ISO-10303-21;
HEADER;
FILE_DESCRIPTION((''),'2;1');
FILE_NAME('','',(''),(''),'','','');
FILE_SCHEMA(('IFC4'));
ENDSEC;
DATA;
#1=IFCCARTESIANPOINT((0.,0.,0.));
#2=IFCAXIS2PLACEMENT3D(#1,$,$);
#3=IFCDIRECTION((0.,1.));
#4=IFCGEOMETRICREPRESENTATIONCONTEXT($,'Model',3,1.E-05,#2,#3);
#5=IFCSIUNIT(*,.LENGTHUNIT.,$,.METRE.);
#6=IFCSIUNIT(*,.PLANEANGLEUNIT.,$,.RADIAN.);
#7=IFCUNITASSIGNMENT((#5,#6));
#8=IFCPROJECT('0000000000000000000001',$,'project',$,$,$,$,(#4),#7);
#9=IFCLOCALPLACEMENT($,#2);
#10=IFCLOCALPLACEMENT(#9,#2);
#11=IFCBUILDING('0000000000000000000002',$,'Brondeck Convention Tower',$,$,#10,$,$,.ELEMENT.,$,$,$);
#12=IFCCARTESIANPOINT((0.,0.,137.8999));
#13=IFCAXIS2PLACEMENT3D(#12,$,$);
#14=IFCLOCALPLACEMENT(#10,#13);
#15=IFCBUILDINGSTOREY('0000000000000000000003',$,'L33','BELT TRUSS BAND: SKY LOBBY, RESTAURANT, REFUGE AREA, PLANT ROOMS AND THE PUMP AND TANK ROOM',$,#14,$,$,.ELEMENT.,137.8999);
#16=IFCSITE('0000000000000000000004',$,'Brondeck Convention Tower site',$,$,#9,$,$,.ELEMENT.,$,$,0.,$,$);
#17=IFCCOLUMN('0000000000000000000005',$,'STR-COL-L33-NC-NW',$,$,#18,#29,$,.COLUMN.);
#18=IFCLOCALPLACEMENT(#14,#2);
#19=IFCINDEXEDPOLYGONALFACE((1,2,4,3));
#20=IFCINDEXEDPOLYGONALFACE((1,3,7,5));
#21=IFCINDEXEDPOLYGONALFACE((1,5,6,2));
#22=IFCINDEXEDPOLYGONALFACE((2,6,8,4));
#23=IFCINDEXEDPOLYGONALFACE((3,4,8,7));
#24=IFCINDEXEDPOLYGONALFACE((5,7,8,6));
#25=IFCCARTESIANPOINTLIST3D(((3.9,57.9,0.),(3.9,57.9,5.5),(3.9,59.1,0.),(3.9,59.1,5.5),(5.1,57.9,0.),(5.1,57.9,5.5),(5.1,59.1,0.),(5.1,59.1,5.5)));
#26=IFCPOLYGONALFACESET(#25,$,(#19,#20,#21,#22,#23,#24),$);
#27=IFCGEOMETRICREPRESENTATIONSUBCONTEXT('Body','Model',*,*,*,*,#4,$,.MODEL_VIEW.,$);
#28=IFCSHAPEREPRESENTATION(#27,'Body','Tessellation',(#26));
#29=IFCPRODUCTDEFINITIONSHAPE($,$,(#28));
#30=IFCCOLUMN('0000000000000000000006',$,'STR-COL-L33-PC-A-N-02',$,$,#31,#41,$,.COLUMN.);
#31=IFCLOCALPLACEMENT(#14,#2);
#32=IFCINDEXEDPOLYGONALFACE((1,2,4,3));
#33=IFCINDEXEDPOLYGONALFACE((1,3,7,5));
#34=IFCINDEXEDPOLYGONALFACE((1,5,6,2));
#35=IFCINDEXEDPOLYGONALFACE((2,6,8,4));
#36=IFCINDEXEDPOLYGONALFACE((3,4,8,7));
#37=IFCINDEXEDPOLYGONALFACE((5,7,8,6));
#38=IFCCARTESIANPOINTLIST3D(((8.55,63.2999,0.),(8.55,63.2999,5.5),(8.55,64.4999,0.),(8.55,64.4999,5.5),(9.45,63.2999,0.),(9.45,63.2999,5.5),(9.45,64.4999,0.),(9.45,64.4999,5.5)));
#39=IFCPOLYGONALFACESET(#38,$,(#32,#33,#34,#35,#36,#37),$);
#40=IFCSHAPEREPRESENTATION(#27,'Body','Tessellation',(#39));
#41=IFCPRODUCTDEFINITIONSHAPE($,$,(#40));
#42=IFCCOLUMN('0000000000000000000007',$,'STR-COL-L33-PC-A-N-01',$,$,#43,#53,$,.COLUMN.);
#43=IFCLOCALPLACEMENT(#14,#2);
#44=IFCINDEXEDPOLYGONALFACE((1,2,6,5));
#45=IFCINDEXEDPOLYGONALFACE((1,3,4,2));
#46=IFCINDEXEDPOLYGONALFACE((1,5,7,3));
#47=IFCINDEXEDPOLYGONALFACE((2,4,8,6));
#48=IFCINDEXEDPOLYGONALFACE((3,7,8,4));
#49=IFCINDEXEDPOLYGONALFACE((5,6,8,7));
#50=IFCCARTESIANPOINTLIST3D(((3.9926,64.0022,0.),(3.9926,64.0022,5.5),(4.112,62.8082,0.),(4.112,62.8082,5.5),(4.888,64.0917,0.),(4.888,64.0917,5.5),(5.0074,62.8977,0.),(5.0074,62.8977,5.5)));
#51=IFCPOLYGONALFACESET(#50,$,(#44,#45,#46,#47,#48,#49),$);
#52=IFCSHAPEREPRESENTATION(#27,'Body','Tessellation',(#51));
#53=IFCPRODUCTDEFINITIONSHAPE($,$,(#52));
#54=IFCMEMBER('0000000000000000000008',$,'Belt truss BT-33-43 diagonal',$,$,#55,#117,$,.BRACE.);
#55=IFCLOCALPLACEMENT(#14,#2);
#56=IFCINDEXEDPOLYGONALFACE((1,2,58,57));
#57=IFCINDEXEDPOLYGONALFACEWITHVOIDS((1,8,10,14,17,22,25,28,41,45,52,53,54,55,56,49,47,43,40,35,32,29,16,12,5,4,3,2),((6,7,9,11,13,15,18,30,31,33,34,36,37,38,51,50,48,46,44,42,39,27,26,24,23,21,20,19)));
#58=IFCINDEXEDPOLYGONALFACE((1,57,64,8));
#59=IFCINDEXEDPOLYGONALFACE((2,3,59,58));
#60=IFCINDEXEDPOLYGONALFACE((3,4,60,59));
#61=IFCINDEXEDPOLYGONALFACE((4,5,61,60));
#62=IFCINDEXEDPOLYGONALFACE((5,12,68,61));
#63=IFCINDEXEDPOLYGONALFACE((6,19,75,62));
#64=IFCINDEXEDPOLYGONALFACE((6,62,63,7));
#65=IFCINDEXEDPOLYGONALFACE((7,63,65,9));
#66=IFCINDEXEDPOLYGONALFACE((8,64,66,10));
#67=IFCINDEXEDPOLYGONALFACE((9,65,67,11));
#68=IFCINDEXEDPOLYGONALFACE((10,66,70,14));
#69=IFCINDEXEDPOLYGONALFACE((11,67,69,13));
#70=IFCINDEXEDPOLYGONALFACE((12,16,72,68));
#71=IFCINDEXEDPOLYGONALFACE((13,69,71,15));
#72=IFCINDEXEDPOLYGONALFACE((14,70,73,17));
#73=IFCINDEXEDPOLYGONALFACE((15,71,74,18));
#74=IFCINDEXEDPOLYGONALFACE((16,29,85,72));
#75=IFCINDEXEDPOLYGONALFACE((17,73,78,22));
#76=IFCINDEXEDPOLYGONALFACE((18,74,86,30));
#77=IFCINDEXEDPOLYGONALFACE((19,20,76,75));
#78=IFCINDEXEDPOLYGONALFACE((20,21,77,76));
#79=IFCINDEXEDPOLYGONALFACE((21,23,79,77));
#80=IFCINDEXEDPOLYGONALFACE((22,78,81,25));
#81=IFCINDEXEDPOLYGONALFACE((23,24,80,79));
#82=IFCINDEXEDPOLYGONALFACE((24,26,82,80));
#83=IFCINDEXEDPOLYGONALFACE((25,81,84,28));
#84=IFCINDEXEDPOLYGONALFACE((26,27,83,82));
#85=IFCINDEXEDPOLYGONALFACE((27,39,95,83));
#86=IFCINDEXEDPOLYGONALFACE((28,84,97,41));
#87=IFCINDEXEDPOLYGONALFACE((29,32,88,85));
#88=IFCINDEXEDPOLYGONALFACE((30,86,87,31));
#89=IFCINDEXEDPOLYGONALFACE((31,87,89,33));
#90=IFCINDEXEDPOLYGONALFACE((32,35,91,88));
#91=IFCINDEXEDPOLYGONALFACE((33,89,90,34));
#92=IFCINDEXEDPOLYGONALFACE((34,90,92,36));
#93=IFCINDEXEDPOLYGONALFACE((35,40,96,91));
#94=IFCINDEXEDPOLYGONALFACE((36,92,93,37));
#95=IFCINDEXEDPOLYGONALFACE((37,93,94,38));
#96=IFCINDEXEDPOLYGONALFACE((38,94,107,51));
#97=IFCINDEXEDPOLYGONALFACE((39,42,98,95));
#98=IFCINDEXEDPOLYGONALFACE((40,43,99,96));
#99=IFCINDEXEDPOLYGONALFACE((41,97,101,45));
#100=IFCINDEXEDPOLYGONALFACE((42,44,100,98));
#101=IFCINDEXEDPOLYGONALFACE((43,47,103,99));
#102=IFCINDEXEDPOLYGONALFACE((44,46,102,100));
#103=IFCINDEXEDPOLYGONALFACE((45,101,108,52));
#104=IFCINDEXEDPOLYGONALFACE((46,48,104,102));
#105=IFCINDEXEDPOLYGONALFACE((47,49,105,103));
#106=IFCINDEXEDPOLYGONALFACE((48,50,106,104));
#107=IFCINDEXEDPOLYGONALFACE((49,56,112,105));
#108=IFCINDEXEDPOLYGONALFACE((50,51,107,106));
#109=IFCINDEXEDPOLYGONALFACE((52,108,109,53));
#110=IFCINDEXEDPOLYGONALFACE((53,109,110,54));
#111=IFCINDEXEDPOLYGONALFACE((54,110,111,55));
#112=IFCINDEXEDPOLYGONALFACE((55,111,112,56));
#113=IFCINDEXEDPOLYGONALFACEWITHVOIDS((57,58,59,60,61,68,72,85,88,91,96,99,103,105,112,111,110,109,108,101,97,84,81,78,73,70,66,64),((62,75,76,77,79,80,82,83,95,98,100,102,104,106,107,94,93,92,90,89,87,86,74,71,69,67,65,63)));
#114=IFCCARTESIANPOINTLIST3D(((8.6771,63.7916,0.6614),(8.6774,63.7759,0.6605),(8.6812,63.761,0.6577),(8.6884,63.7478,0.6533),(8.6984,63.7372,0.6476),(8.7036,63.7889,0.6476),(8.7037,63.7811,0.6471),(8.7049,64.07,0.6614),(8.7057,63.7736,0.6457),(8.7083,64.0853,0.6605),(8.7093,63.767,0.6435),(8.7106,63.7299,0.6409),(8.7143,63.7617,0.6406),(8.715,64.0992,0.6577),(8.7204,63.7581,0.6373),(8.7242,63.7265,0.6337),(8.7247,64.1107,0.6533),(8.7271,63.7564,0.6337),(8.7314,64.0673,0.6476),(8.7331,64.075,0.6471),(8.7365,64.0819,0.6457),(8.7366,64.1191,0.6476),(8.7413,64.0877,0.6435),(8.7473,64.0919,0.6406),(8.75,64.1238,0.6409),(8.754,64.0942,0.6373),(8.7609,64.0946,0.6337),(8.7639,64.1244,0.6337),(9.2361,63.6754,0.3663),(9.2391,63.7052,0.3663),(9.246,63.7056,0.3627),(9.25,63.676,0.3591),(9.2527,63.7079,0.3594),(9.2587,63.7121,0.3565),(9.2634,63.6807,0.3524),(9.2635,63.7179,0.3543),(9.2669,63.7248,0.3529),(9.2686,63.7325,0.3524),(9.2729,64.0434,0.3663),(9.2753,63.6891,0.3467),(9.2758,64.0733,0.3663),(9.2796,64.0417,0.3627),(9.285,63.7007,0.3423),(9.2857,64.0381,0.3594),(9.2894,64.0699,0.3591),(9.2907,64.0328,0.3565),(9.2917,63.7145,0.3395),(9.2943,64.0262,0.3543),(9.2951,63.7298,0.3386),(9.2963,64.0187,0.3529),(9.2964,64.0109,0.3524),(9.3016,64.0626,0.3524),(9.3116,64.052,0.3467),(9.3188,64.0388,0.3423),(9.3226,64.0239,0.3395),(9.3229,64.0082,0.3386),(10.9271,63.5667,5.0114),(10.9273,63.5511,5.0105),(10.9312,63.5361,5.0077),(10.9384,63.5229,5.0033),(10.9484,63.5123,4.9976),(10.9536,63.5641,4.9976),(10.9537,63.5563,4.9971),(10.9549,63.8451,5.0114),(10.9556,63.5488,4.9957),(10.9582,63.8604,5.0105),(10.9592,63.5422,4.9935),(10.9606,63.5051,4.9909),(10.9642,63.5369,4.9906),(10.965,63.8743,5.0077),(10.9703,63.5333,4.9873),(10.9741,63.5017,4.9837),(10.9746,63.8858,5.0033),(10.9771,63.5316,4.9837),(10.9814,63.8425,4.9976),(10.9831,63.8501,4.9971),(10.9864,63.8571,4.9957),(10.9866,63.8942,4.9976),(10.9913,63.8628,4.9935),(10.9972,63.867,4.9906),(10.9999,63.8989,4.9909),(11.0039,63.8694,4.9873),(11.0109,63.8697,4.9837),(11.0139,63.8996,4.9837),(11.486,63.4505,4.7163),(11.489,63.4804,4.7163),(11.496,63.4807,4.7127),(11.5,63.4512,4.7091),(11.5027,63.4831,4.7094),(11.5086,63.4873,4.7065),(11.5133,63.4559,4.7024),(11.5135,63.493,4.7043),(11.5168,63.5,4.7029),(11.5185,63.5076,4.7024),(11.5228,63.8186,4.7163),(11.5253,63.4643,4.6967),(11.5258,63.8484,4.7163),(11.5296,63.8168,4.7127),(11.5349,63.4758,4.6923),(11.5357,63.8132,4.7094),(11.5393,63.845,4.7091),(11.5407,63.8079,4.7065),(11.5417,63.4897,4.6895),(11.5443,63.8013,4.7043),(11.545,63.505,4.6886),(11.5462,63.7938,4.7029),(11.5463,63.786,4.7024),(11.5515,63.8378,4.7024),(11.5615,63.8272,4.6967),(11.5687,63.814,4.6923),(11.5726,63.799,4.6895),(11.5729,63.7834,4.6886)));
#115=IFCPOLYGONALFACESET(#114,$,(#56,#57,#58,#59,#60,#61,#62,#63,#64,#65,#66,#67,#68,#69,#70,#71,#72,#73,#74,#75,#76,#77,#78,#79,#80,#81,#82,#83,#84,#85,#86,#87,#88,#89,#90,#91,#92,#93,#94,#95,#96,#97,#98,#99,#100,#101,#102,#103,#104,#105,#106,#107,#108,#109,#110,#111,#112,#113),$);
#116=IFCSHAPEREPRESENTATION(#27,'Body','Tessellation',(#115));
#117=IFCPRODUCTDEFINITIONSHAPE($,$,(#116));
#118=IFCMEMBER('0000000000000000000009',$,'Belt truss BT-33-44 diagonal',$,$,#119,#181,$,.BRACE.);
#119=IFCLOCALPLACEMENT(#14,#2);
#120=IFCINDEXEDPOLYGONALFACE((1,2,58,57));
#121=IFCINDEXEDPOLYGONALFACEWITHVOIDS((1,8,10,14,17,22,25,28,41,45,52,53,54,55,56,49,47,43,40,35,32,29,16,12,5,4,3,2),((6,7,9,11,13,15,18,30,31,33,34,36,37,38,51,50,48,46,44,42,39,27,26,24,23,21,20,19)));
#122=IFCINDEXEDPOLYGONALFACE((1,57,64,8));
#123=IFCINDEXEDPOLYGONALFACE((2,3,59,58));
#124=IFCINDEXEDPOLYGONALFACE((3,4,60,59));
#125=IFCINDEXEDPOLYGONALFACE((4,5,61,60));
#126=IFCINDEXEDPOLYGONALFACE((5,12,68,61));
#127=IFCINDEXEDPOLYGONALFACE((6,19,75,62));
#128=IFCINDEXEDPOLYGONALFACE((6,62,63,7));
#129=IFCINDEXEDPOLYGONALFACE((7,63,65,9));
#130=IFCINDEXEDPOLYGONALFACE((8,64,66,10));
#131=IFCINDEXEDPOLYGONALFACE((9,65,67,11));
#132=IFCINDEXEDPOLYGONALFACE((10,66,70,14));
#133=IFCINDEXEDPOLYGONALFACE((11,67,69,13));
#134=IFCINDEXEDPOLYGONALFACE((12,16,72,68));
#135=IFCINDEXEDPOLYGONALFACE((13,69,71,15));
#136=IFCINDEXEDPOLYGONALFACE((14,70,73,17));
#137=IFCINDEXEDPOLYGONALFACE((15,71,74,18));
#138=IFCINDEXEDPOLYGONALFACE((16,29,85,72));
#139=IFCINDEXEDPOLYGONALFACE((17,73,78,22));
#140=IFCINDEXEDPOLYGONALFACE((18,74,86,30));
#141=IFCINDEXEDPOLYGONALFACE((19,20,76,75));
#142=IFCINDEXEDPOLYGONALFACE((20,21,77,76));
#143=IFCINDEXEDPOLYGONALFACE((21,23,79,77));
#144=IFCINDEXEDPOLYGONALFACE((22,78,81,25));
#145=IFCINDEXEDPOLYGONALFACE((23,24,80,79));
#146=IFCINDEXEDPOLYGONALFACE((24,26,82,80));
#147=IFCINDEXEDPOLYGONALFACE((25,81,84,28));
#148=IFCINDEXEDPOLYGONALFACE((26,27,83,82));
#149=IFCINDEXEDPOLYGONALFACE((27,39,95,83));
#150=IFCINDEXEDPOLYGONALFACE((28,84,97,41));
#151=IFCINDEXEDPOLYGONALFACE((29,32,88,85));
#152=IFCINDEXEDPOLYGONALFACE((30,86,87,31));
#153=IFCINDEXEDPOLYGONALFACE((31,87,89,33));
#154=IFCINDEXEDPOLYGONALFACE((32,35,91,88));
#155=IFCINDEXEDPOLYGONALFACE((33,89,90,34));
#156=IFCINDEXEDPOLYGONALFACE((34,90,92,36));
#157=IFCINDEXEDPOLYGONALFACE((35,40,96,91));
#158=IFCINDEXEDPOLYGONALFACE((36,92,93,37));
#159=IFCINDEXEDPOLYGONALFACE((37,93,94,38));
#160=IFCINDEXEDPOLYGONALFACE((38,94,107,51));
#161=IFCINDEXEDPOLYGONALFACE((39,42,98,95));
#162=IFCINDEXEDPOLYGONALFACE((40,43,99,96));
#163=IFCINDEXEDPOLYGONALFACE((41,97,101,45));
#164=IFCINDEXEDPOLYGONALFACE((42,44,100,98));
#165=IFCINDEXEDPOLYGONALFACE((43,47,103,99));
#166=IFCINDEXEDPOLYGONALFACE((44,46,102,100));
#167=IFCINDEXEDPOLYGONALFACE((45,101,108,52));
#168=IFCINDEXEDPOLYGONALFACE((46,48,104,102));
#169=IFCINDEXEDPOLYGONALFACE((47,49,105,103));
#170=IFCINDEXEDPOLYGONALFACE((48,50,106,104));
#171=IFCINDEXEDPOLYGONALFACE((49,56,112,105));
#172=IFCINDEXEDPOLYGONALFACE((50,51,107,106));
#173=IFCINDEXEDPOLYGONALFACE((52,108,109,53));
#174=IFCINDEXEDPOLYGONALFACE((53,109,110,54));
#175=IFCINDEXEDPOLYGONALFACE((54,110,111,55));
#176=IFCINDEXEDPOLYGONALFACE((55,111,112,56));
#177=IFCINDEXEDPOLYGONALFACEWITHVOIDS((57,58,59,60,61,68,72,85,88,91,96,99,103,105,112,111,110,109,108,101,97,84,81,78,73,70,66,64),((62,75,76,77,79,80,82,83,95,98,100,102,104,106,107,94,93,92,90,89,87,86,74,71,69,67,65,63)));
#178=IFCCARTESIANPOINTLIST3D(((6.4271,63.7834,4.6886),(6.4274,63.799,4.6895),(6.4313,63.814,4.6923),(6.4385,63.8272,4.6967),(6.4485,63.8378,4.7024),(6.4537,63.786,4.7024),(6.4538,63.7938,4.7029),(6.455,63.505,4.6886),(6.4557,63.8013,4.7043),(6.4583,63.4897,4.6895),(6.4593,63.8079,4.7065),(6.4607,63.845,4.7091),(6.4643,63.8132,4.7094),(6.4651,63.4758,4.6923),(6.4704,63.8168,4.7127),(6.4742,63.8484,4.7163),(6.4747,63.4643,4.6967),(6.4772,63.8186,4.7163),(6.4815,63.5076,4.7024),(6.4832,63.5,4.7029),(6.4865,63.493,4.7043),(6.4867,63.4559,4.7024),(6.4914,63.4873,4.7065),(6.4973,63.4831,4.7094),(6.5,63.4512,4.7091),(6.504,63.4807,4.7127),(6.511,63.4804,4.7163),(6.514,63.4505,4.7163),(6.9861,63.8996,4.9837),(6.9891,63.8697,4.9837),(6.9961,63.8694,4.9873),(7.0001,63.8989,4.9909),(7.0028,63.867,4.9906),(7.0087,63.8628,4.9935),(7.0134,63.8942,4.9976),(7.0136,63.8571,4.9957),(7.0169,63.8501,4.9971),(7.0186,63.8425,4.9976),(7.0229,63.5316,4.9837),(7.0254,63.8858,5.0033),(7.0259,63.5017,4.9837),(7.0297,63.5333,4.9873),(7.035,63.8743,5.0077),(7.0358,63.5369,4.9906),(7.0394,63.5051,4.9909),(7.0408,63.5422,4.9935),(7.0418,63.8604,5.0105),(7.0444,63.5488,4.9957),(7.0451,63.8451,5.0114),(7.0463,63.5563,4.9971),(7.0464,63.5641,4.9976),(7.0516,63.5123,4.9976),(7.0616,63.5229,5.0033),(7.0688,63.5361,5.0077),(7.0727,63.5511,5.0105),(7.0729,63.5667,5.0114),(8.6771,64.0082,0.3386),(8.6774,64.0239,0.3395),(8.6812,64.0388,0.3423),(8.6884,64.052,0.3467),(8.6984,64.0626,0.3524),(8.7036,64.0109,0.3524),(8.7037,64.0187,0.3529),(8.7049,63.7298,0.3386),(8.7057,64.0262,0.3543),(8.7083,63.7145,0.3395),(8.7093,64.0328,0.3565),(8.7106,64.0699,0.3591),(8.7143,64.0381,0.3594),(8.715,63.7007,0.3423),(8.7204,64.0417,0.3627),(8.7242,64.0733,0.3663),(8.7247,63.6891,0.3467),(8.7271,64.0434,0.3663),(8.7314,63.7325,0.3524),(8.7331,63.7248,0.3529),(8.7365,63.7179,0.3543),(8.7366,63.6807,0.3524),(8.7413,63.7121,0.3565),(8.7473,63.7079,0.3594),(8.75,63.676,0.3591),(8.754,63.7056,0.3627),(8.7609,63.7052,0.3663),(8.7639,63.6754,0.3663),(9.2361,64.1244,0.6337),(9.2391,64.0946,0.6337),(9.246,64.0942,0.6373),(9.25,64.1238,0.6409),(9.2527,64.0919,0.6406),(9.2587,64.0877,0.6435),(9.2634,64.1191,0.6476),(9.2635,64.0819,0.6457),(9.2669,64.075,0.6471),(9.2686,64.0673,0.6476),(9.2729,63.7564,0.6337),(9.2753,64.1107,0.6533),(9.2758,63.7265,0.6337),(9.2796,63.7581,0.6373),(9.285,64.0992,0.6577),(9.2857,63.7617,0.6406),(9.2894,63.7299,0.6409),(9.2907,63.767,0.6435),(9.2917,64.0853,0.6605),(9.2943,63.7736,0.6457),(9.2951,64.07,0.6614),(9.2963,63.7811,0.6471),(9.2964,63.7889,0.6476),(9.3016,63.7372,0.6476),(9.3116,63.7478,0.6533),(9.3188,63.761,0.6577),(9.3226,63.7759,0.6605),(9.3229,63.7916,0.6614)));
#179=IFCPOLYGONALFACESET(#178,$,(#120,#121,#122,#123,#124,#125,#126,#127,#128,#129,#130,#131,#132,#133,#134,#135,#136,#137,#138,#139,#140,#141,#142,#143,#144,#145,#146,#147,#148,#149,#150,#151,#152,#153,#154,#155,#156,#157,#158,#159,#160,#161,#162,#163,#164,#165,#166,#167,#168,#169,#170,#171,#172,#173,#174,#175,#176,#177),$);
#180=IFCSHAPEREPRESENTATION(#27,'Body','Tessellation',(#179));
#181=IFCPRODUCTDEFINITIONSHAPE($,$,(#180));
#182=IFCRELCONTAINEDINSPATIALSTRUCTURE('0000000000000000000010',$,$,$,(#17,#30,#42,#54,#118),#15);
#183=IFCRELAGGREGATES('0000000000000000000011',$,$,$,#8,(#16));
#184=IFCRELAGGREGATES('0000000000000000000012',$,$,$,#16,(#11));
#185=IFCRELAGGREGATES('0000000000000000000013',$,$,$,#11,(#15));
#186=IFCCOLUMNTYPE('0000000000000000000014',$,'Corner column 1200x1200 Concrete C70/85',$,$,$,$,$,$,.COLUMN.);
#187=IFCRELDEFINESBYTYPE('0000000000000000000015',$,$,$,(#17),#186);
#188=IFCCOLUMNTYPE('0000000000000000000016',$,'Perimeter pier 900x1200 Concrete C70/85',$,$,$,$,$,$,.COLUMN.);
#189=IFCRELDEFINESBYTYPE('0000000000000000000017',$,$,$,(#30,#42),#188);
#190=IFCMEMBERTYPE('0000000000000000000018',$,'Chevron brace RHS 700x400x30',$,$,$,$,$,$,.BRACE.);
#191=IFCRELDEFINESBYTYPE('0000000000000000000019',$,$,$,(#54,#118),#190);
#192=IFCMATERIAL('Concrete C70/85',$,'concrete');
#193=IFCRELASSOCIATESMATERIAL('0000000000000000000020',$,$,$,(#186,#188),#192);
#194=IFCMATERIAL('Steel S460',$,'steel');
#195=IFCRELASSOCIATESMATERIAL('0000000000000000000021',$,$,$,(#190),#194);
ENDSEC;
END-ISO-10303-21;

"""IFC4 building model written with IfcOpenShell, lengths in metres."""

from ifc_helpers import new_model, si_unit, direction, frame, origin, origin_2d, place, context, subcontext, project, spatial, rectangle, hollow_rectangle, extrude, material, material_profile, profile_set, type_object, element, save


model = new_model("IFC4")

# Units and contexts
model_context = context("Model", 3, precision=1e-05, world=origin(), true_north=direction((0.0, 1.0)))
body_context = subcontext(model_context, "Body", "Model", "MODEL_VIEW")
ifc_project = project(units=[si_unit("LENGTHUNIT", "METRE"), si_unit("PLANEANGLEUNIT", "RADIAN")], contexts=[model_context])

# Site, building, storey
site_placement = place(None, origin())
site = spatial("IfcSite", under=ifc_project, at=site_placement, Name="Brondeck Convention Tower site", CompositionType="ELEMENT", RefElevation=0.0)
building_placement = place(site_placement, origin())
building = spatial("IfcBuilding", under=site, at=building_placement, Name="Brondeck Convention Tower", CompositionType="ELEMENT")
storey_placement = place(building_placement, frame((0.0, 0.0, 137.8999)))
storey = spatial("IfcBuildingStorey", under=building, at=storey_placement, Name="L33", Description="BELT TRUSS BAND: SKY LOBBY, RESTAURANT, REFUGE AREA, PLANT ROOMS AND THE PUMP AND TANK ROOM", CompositionType="ELEMENT", Elevation=137.8999)

# Columns
ifc_material_1 = material(Name="Concrete C70/85", Category="concrete")
ifc_material_profile_1 = material_profile(ifc_material_1, rectangle(XDim=1.2, YDim=1.2, at=origin_2d()), Name="Corner column 1200x1200 Concrete C70/85")
ifc_profile_set_1 = profile_set([ifc_material_profile_1], Name="Concrete C70/85")
column_type_1 = type_object("IfcColumnType", Name="Corner column 1200x1200 Concrete C70/85", PredefinedType="COLUMN", material=ifc_profile_set_1)
column_placement = place(storey_placement, frame((4.5, 58.5, 0.0), z_axis=(0.0, 0.0, 1.0), x_axis=(1.0, 0.0, 0.0)))
element("IfcColumn", 1, at=column_placement, inside=storey, type_object=column_type_1, Name="STR-COL-L33-NC-NW", PredefinedType="COLUMN", context=body_context, shape_type="SweptSolid", body=[
    extrude(rectangle(XDim=1.2, YDim=1.2, at=origin_2d()), origin(), (0.0, 0.0, 1.0), 5.5),
])
ifc_material_profile_2 = material_profile(ifc_material_1, rectangle(XDim=0.8999, YDim=1.2, at=origin_2d()), Name="Perimeter pier 900x1200 Concrete C70/85")
ifc_profile_set_2 = profile_set([ifc_material_profile_2], Name="Concrete C70/85")
column_type_2 = type_object("IfcColumnType", Name="Perimeter pier 900x1200 Concrete C70/85", PredefinedType="COLUMN", material=ifc_profile_set_2)
for number, where, z_axis, x_axis, name in (
    (2, (9.0, 63.8999, 0.0), (0.0, 0.0, 1.0), (-1.0, 0.0, 0.0), "STR-COL-L33-PC-A-N-02"),
    (3, (4.5, 63.45, 0.0), (0.0, 0.0, 1.0), (-0.995037, -0.099504, 0.0), "STR-COL-L33-PC-A-N-01"),
):
    element("IfcColumn", number, at=place(storey_placement, frame(where, z_axis=z_axis, x_axis=x_axis)), inside=storey, type_object=column_type_2, Name=name, PredefinedType="COLUMN", context=body_context, shape_type="SweptSolid", body=[
        extrude(rectangle(XDim=0.8999, YDim=1.2, at=origin_2d()), origin(), (0.0, 0.0, 1.0), 5.5),
    ])

# Members
ifc_material_2 = material(Name="Steel S460", Category="steel")
ifc_material_profile_3 = material_profile(ifc_material_2, hollow_rectangle(XDim=0.3999, YDim=0.7, WallThickness=0.03, InnerFilletRadius=0.03, OuterFilletRadius=0.0601, at=origin_2d()), Name="RHS 700x400x30")
ifc_profile_set_3 = profile_set([ifc_material_profile_3], Name="Steel S460")
member_type_1 = type_object("IfcMemberType", Name="Chevron brace RHS 700x400x30", PredefinedType="BRACE", material=ifc_profile_set_3)
for number, where, z_axis, x_axis, name in (
    (4, (9.0, 63.8999, 0.5), (0.458931, -0.045863, 0.887287), (0.09944, 0.995044, 0.0), "Belt truss BT-33-43 diagonal"),
    (5, (9.0, 63.8999, 0.5), (-0.458931, -0.045863, 0.887287), (0.09944, -0.995044, 0.0), "Belt truss BT-33-44 diagonal"),
):
    element("IfcMember", number, at=place(storey_placement, frame(where, z_axis=z_axis, x_axis=x_axis)), inside=storey, type_object=member_type_1, Name=name, PredefinedType="BRACE", context=body_context, shape_type="SweptSolid", body=[
        extrude(hollow_rectangle(XDim=0.3999, YDim=0.7, WallThickness=0.03, InnerFilletRadius=0.03, OuterFilletRadius=0.0601, at=origin_2d()), origin(), (0.0, 0.0, 1.0), 4.9026),
    ])

save(model, "model.ifc")
